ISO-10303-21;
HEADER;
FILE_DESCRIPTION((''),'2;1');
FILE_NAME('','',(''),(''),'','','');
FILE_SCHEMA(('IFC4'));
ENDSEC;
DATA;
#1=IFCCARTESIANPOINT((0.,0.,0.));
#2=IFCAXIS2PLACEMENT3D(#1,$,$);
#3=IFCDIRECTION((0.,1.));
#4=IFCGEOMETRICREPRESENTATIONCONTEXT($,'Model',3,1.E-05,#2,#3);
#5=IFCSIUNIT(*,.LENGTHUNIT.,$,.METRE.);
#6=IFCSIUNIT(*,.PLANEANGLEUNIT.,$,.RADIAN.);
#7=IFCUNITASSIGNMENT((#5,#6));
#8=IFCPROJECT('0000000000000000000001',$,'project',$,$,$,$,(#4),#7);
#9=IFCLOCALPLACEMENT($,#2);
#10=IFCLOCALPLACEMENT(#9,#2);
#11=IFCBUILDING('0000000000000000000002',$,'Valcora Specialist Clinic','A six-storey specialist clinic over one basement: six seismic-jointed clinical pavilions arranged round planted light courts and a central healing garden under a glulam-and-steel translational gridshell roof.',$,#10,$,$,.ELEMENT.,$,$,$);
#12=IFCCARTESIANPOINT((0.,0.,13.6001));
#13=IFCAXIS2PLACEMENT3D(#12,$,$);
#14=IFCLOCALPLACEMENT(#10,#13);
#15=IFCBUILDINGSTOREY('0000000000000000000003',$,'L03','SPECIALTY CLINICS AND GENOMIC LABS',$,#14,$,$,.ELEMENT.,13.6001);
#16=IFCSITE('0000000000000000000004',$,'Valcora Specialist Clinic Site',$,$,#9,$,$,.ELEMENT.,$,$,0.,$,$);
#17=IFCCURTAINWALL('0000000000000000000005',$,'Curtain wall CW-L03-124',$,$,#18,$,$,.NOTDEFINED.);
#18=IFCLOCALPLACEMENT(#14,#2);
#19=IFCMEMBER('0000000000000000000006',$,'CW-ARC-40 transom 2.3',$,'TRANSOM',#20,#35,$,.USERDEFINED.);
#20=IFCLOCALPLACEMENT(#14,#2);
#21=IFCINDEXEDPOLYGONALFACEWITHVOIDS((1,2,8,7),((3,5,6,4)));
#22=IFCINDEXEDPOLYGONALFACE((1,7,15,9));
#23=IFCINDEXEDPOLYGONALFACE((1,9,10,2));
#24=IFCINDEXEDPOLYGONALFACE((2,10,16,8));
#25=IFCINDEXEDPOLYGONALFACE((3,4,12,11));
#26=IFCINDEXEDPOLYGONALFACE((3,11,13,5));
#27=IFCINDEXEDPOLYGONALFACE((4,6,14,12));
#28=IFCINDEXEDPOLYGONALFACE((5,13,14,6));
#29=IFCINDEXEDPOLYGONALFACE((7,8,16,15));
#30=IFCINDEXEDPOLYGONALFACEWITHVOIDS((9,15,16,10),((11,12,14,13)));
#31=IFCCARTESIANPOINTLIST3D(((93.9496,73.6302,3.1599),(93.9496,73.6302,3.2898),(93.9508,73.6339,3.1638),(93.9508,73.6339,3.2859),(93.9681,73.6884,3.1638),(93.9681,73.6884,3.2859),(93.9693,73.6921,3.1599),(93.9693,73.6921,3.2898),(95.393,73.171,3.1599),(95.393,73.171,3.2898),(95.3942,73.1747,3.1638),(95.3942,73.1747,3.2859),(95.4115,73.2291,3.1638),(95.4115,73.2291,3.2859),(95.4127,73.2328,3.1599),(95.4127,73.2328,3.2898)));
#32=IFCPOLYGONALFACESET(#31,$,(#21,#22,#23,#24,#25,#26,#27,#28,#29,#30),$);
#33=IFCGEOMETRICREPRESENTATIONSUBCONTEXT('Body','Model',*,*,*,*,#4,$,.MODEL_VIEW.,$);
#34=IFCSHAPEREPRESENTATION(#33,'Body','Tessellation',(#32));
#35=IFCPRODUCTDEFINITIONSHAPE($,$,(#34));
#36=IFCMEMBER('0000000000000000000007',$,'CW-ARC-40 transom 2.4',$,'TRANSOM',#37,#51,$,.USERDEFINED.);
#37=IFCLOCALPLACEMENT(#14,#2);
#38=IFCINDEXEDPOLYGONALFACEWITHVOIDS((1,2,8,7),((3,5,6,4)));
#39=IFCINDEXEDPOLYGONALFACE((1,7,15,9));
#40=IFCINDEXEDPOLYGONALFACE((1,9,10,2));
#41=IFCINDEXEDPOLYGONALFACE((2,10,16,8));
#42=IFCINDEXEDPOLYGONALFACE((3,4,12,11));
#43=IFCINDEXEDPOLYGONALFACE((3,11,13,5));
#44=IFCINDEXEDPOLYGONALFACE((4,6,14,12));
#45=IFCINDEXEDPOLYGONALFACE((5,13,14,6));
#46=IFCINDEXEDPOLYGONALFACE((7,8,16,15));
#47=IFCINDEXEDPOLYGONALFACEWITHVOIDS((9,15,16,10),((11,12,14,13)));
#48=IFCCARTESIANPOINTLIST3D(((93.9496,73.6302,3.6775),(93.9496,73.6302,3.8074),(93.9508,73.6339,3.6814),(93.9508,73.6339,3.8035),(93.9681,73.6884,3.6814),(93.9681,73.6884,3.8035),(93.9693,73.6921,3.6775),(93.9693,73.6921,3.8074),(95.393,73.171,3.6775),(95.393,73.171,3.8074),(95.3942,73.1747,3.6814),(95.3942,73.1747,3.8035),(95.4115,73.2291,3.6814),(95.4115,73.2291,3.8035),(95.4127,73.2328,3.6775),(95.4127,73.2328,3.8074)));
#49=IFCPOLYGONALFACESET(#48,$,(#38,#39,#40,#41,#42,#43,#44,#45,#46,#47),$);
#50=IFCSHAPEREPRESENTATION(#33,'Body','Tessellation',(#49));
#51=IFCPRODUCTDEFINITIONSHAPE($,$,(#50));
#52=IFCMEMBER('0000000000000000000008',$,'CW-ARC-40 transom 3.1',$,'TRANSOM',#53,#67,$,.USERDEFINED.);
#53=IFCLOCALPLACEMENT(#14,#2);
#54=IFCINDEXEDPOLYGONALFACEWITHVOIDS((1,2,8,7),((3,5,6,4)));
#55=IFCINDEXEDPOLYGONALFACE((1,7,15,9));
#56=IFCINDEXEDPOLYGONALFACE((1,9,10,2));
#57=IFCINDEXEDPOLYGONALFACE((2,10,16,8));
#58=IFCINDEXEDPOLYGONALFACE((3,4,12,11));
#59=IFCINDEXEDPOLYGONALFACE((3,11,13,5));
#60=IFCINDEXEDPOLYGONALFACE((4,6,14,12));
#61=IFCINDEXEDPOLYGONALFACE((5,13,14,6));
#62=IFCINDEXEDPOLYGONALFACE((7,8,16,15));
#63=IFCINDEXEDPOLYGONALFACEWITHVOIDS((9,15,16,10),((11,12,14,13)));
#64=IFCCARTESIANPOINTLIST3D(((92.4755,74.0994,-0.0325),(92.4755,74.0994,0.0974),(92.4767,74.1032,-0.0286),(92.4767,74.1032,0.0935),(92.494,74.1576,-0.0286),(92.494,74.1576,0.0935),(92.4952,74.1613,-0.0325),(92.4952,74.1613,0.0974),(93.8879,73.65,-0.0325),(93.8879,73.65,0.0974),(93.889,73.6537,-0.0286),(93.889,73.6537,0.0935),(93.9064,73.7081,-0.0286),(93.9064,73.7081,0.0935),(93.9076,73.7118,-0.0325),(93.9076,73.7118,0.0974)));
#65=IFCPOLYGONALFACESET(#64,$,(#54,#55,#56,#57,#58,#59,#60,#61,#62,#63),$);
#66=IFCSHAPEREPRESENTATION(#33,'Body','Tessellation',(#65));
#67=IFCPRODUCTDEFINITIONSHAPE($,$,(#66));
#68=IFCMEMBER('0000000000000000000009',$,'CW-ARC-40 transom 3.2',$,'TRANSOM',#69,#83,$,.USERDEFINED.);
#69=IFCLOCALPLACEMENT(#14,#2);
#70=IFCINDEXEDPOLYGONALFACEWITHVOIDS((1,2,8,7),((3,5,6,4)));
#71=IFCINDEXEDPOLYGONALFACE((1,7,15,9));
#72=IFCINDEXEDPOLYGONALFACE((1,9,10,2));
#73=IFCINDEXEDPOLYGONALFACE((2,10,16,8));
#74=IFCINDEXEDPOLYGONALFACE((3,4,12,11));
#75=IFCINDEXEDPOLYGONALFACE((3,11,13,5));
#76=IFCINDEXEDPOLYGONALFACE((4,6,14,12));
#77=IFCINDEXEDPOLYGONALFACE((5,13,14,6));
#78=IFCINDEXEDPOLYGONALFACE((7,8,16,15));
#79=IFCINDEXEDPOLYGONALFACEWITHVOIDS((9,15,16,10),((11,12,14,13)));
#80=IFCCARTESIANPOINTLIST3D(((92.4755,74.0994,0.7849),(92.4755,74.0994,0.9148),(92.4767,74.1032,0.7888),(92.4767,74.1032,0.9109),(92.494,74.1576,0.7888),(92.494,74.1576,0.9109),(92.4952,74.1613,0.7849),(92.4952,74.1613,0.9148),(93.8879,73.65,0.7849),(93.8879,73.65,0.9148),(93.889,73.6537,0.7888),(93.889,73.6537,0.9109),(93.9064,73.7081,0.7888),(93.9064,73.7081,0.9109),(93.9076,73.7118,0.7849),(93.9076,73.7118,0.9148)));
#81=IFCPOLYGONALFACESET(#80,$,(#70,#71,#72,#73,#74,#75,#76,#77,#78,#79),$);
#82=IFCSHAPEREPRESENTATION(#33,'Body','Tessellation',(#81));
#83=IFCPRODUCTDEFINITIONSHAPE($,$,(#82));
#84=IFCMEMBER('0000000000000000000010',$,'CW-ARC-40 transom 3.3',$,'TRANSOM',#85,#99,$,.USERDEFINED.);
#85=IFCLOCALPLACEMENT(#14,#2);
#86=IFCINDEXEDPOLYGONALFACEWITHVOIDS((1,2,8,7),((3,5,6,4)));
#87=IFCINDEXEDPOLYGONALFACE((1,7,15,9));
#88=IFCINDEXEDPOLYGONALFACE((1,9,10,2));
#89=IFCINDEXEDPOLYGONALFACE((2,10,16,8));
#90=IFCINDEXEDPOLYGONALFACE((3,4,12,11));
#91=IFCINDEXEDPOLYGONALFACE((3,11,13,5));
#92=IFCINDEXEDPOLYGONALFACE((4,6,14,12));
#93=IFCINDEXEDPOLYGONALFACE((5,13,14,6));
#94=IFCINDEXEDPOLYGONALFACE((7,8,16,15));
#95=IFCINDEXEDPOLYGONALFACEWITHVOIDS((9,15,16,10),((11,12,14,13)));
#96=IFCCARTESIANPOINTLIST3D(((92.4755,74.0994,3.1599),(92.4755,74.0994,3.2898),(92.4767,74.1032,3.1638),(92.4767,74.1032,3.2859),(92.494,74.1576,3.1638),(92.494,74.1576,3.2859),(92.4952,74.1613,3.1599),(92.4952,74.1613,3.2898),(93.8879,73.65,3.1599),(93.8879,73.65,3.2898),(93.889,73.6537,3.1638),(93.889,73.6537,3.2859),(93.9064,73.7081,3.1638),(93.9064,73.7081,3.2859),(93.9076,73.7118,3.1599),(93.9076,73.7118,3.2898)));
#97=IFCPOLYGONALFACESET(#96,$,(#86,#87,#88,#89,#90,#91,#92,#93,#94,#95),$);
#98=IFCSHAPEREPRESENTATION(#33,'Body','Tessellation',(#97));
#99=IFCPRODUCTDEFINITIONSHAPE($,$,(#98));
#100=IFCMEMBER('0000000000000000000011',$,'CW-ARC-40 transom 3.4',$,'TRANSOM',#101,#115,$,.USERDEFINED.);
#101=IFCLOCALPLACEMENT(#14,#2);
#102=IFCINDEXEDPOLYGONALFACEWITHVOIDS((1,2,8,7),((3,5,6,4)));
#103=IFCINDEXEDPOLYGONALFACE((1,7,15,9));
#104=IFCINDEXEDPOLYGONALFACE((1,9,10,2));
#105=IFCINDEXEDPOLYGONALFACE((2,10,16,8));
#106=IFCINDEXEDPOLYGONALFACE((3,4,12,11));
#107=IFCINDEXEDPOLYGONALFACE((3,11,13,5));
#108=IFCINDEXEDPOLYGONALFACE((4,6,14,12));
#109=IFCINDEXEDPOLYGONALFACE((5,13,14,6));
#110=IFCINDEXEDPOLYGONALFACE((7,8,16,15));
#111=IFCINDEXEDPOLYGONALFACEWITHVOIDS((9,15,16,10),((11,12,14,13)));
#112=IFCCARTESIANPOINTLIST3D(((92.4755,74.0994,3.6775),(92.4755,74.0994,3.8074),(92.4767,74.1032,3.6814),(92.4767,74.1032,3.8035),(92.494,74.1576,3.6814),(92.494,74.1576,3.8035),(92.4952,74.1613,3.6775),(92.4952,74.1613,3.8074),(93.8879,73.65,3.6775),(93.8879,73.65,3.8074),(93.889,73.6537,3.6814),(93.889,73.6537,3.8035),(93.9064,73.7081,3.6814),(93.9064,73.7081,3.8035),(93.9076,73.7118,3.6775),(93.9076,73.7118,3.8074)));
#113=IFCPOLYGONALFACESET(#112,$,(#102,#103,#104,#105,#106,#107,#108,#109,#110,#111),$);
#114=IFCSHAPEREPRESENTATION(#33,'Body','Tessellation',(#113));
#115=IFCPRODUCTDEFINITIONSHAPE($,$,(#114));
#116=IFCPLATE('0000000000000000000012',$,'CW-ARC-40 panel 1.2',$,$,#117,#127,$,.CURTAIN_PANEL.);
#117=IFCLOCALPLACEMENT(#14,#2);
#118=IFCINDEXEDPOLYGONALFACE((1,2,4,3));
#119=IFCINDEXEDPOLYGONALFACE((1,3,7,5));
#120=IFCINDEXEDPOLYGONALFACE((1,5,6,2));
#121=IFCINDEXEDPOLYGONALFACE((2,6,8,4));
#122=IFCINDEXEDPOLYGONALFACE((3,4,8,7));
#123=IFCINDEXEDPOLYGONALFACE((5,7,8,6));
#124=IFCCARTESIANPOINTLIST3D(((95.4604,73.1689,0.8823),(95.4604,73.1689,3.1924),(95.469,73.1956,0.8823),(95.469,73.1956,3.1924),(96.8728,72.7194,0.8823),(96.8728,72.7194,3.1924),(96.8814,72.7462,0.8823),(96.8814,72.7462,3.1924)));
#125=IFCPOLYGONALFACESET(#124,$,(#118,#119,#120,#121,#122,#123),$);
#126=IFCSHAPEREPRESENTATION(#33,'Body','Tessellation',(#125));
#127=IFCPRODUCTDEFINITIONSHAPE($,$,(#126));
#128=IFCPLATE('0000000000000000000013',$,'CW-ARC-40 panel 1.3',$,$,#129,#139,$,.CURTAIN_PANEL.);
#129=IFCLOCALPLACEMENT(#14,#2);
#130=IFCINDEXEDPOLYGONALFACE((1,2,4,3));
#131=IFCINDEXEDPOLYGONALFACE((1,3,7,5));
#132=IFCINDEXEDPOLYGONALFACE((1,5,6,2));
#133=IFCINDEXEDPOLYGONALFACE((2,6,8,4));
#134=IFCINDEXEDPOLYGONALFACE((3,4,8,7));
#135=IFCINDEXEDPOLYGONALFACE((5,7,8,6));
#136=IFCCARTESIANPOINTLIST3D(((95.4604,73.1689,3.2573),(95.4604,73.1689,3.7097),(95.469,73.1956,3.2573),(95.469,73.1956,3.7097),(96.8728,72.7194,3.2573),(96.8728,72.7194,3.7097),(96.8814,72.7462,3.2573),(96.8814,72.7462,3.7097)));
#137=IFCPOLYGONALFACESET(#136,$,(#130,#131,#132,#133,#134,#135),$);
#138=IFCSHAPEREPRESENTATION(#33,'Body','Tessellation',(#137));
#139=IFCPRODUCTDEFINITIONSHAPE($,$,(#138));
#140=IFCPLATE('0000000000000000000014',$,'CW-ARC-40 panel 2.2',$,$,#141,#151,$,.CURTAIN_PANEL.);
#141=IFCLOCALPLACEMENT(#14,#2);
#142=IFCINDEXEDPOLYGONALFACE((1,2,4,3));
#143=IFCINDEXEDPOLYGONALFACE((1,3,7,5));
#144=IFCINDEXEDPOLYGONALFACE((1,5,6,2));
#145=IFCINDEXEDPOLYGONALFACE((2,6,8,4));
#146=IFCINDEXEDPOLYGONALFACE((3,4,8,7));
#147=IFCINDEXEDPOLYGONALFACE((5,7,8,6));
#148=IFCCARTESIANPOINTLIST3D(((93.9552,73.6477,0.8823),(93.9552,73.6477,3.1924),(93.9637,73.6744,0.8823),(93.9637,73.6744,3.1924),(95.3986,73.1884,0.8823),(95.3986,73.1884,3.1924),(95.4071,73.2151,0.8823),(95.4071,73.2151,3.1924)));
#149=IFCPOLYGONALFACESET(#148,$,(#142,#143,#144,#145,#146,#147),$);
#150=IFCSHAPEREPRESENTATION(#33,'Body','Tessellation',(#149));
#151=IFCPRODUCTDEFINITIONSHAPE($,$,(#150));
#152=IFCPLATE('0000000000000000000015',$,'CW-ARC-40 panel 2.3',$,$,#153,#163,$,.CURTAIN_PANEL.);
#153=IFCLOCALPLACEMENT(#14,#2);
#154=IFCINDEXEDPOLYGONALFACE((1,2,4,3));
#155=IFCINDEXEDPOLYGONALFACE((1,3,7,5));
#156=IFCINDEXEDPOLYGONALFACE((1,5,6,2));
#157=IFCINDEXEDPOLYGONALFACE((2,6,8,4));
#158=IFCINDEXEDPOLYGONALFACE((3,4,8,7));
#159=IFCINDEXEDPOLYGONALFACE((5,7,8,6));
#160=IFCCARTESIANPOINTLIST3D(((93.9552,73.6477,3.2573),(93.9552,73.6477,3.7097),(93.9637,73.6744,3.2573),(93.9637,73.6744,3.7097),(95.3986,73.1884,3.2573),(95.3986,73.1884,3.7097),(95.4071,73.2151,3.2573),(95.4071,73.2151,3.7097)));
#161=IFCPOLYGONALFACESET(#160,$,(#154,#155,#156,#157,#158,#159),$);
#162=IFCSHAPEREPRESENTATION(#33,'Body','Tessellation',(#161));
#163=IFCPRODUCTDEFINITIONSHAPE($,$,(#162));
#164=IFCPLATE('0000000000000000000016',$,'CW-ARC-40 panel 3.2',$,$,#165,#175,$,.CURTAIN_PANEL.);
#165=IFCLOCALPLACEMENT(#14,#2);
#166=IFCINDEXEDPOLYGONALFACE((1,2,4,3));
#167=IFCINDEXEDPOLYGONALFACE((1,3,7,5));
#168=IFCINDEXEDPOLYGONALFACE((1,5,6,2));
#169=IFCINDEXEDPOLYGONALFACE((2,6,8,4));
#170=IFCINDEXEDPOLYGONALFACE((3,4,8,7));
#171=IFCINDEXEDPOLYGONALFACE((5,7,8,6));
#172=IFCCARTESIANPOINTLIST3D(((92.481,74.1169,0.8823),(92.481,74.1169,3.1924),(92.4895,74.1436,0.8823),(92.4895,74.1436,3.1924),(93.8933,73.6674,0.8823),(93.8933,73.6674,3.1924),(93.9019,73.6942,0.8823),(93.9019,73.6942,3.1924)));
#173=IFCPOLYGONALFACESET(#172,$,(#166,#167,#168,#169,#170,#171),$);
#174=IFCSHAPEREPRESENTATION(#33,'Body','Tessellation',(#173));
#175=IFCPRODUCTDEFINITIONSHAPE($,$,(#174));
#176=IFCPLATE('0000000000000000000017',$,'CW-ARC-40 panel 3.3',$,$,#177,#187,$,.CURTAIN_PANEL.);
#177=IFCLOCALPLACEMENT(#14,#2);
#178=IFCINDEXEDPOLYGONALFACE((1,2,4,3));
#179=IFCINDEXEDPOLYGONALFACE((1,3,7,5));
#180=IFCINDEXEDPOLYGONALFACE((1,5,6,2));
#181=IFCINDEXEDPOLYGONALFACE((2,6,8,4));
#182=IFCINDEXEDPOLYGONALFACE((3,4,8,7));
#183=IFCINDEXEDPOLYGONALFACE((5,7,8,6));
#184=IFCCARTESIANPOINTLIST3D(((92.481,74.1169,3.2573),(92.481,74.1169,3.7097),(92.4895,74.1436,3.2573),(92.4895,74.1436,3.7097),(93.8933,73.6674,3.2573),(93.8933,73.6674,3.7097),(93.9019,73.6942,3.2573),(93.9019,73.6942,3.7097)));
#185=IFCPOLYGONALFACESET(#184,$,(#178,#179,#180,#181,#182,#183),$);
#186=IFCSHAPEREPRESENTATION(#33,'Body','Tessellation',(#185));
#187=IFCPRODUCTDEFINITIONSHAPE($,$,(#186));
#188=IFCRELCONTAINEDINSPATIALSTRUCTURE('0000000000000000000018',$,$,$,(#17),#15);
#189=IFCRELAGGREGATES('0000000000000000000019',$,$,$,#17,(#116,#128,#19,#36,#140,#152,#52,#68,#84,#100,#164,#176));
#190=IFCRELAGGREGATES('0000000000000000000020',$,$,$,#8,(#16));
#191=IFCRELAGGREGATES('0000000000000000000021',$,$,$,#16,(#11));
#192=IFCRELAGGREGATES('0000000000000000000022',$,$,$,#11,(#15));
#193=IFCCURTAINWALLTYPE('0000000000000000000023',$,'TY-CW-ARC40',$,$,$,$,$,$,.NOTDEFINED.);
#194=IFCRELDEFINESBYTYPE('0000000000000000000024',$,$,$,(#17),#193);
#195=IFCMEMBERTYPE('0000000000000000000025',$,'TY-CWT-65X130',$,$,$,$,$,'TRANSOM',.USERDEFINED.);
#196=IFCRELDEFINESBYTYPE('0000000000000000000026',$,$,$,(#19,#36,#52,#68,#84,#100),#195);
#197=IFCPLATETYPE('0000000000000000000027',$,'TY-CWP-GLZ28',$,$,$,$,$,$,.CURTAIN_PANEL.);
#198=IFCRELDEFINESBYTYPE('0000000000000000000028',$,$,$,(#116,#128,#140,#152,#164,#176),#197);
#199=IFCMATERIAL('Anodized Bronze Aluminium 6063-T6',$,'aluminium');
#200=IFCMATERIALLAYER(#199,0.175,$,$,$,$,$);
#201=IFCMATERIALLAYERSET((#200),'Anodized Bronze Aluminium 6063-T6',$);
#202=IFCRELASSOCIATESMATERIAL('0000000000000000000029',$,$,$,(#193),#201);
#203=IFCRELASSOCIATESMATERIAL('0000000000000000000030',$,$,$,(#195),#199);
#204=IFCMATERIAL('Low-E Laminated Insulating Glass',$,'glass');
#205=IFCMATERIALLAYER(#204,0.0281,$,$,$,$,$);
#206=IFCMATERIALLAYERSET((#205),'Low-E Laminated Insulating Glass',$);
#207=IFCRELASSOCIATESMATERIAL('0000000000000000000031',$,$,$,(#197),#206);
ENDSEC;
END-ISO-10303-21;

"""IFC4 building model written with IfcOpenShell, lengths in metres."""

from ifc_helpers import new_model, si_unit, direction, frame, origin, origin_2d, place, context, subcontext, project, spatial, rectangle, hollow_rectangle, extrude, material, layer, layer_set, material_profile, profile_set, type_object, element, aggregate, save


model = new_model("IFC4")

# Units and contexts
model_context = context("Model", 3, precision=1e-05, world=origin(), true_north=direction((0.0, 1.0)))
body_context = subcontext(model_context, "Body", "Model", "MODEL_VIEW")
ifc_project = project(units=[si_unit("LENGTHUNIT", "METRE"), si_unit("PLANEANGLEUNIT", "RADIAN")], contexts=[model_context])

# Site, building, storey
site_placement = place(None, origin())
site = spatial("IfcSite", under=ifc_project, at=site_placement, Name="Valcora Specialist Clinic Site", CompositionType="ELEMENT", RefElevation=0.0)
building_placement = place(site_placement, origin())
building = spatial("IfcBuilding", under=site, at=building_placement, Name="Valcora Specialist Clinic", Description="A six-storey specialist clinic over one basement: six seismic-jointed clinical pavilions arranged round planted light courts and a central healing garden under a glulam-and-steel translational gridshell roof.", CompositionType="ELEMENT")
storey_placement = place(building_placement, frame((0.0, 0.0, 13.6001)))
storey = spatial("IfcBuildingStorey", under=building, at=storey_placement, Name="L03", Description="SPECIALTY CLINICS AND GENOMIC LABS", CompositionType="ELEMENT", Elevation=13.6001)

# Shared definitions
ifc_material_1 = material(Name="Anodized Bronze Aluminium 6063-T6", Category="aluminium")
ifc_layer_1 = layer(ifc_material_1, 0.175)
ifc_layer_set_1 = layer_set([ifc_layer_1], Name="Anodized Bronze Aluminium 6063-T6")
curtain_wall_type = type_object("IfcCurtainWallType", Name="TY-CW-ARC40", PredefinedType="NOTDEFINED", material=ifc_layer_set_1)

# Curtain wall, members, plates
curtain_wall_1_placement = place(storey_placement, origin())
curtain_wall_1 = element("IfcCurtainWall", 1, at=curtain_wall_1_placement, inside=storey, type_object=curtain_wall_type, Name="Curtain wall CW-L03-124", PredefinedType="NOTDEFINED")
ifc_material_profile_1 = material_profile(ifc_material_1, hollow_rectangle(XDim=0.0649, YDim=0.1299, WallThickness=0.0039, at=origin_2d()), Name="AL-TRN-65X130")
ifc_profile_set_1 = profile_set([ifc_material_profile_1], Name="Anodized Bronze Aluminium 6063-T6")
member_type_1 = type_object("IfcMemberType", Name="TY-CWT-65X130", ElementType="TRANSOM", PredefinedType="USERDEFINED", material=ifc_profile_set_1)
member_1_placement = place(storey_placement, frame((95.4028, 73.2019, 3.2249), z_axis=(-0.95293, 0.30319, 0.0), x_axis=(-0.30319, -0.95293, 0.0)))
member_1 = element("IfcMember", 2, at=member_1_placement, type_object=member_type_1, Name="CW-ARC-40 transom 2.3", ObjectType="TRANSOM", PredefinedType="USERDEFINED", context=body_context, shape_type="SweptSolid", body=[
    extrude(hollow_rectangle(XDim=0.0649, YDim=0.1299, WallThickness=0.0039, at=origin_2d()), origin(), (0.0, 0.0, 1.0), 1.5146),
])
member_2_placement = place(storey_placement, frame((95.4028, 73.2019, 3.7424), z_axis=(-0.95293, 0.30319, 0.0), x_axis=(-0.30319, -0.95293, 0.0)))
member_2 = element("IfcMember", 3, at=member_2_placement, type_object=member_type_1, Name="CW-ARC-40 transom 2.4", ObjectType="TRANSOM", PredefinedType="USERDEFINED", context=body_context, shape_type="SweptSolid", body=[
    extrude(hollow_rectangle(XDim=0.0649, YDim=0.1299, WallThickness=0.0039, at=origin_2d()), origin(), (0.0, 0.0, 1.0), 1.5146),
])
member_3_placement = place(storey_placement, frame((93.8977, 73.6809, 0.0325), z_axis=(-0.952911, 0.303251, 0.0), x_axis=(-0.303251, -0.952911, 0.0)))
member_3 = element("IfcMember", 4, at=member_3_placement, type_object=member_type_1, Name="CW-ARC-40 transom 3.1", ObjectType="TRANSOM", PredefinedType="USERDEFINED", context=body_context, shape_type="SweptSolid", body=[
    extrude(hollow_rectangle(XDim=0.0649, YDim=0.1299, WallThickness=0.0039, at=origin_2d()), origin(), (0.0, 0.0, 1.0), 1.4822),
])
member_4_placement = place(storey_placement, frame((93.8977, 73.6809, 0.8499), z_axis=(-0.952911, 0.303251, 0.0), x_axis=(-0.303251, -0.952911, 0.0)))
member_4 = element("IfcMember", 5, at=member_4_placement, type_object=member_type_1, Name="CW-ARC-40 transom 3.2", ObjectType="TRANSOM", PredefinedType="USERDEFINED", context=body_context, shape_type="SweptSolid", body=[
    extrude(hollow_rectangle(XDim=0.0649, YDim=0.1299, WallThickness=0.0039, at=origin_2d()), origin(), (0.0, 0.0, 1.0), 1.4822),
])
member_5_placement = place(storey_placement, frame((93.8977, 73.6809, 3.2249), z_axis=(-0.952911, 0.303251, 0.0), x_axis=(-0.303251, -0.952911, 0.0)))
member_5 = element("IfcMember", 6, at=member_5_placement, type_object=member_type_1, Name="CW-ARC-40 transom 3.3", ObjectType="TRANSOM", PredefinedType="USERDEFINED", context=body_context, shape_type="SweptSolid", body=[
    extrude(hollow_rectangle(XDim=0.0649, YDim=0.1299, WallThickness=0.0039, at=origin_2d()), origin(), (0.0, 0.0, 1.0), 1.4822),
])
member_6_placement = place(storey_placement, frame((93.8977, 73.6809, 3.7424), z_axis=(-0.952911, 0.303251, 0.0), x_axis=(-0.303251, -0.952911, 0.0)))
member_6 = element("IfcMember", 7, at=member_6_placement, type_object=member_type_1, Name="CW-ARC-40 transom 3.4", ObjectType="TRANSOM", PredefinedType="USERDEFINED", context=body_context, shape_type="SweptSolid", body=[
    extrude(hollow_rectangle(XDim=0.0649, YDim=0.1299, WallThickness=0.0039, at=origin_2d()), origin(), (0.0, 0.0, 1.0), 1.4822),
])
ifc_material_2 = material(Name="Low-E Laminated Insulating Glass", Category="glass")
ifc_layer_2 = layer(ifc_material_2, 0.0281)
ifc_layer_set_2 = layer_set([ifc_layer_2], Name="Low-E Laminated Insulating Glass")
plate_type_1 = type_object("IfcPlateType", Name="TY-CWP-GLZ28", PredefinedType="CURTAIN_PANEL", material=ifc_layer_set_2)
plate_1_placement = place(storey_placement, frame((96.1709, 72.9575, 0.8823), z_axis=(0.0, 0.0, 1.0), x_axis=(-0.952916, 0.303233, 0.0)))
plate_1 = element("IfcPlate", 8, at=plate_1_placement, type_object=plate_type_1, Name="CW-ARC-40 panel 1.2", PredefinedType="CURTAIN_PANEL", context=body_context, shape_type="SweptSolid", body=[
    extrude(rectangle(XDim=1.4822, YDim=0.0281, at=origin_2d()), origin(), (0.0, 0.0, 1.0), 2.3101),
])
plate_2_placement = place(storey_placement, frame((96.1709, 72.9575, 3.2573), z_axis=(0.0, 0.0, 1.0), x_axis=(-0.952916, 0.303233, 0.0)))
plate_2 = element("IfcPlate", 9, at=plate_2_placement, type_object=plate_type_1, Name="CW-ARC-40 panel 1.3", PredefinedType="CURTAIN_PANEL", context=body_context, shape_type="SweptSolid", body=[
    extrude(rectangle(XDim=1.4822, YDim=0.0281, at=origin_2d()), origin(), (0.0, 0.0, 1.0), 0.4524),
])
plate_3_placement = place(storey_placement, frame((94.6812, 73.4314, 0.8823), z_axis=(0.0, 0.0, 1.0), x_axis=(-0.952916, 0.303233, 0.0)))
plate_3 = element("IfcPlate", 10, at=plate_3_placement, type_object=plate_type_1, Name="CW-ARC-40 panel 2.2", PredefinedType="CURTAIN_PANEL", context=body_context, shape_type="SweptSolid", body=[
    extrude(rectangle(XDim=1.5146, YDim=0.0281, at=origin_2d()), origin(), (0.0, 0.0, 1.0), 2.3101),
])
plate_4_placement = place(storey_placement, frame((94.6812, 73.4314, 3.2573), z_axis=(0.0, 0.0, 1.0), x_axis=(-0.952916, 0.303233, 0.0)))
plate_4 = element("IfcPlate", 11, at=plate_4_placement, type_object=plate_type_1, Name="CW-ARC-40 panel 2.3", PredefinedType="CURTAIN_PANEL", context=body_context, shape_type="SweptSolid", body=[
    extrude(rectangle(XDim=1.5146, YDim=0.0281, at=origin_2d()), origin(), (0.0, 0.0, 1.0), 0.4524),
])
plate_5_placement = place(storey_placement, frame((93.1914, 73.9055, 0.8823), z_axis=(0.0, 0.0, 1.0), x_axis=(-0.952916, 0.303233, 0.0)))
plate_5 = element("IfcPlate", 12, at=plate_5_placement, type_object=plate_type_1, Name="CW-ARC-40 panel 3.2", PredefinedType="CURTAIN_PANEL", context=body_context, shape_type="SweptSolid", body=[
    extrude(rectangle(XDim=1.4822, YDim=0.0281, at=origin_2d()), origin(), (0.0, 0.0, 1.0), 2.3101),
])
plate_6_placement = place(storey_placement, frame((93.1914, 73.9055, 3.2573), z_axis=(0.0, 0.0, 1.0), x_axis=(-0.952916, 0.303233, 0.0)))
plate_6 = element("IfcPlate", 13, at=plate_6_placement, type_object=plate_type_1, Name="CW-ARC-40 panel 3.3", PredefinedType="CURTAIN_PANEL", context=body_context, shape_type="SweptSolid", body=[
    extrude(rectangle(XDim=1.4822, YDim=0.0281, at=origin_2d()), origin(), (0.0, 0.0, 1.0), 0.4524),
])
aggregate(curtain_wall_1, [plate_1, plate_2, member_1, member_2, plate_3, plate_4, member_3, member_4, member_5, member_6, plate_5, plate_6])

save(model, "model.ifc")
